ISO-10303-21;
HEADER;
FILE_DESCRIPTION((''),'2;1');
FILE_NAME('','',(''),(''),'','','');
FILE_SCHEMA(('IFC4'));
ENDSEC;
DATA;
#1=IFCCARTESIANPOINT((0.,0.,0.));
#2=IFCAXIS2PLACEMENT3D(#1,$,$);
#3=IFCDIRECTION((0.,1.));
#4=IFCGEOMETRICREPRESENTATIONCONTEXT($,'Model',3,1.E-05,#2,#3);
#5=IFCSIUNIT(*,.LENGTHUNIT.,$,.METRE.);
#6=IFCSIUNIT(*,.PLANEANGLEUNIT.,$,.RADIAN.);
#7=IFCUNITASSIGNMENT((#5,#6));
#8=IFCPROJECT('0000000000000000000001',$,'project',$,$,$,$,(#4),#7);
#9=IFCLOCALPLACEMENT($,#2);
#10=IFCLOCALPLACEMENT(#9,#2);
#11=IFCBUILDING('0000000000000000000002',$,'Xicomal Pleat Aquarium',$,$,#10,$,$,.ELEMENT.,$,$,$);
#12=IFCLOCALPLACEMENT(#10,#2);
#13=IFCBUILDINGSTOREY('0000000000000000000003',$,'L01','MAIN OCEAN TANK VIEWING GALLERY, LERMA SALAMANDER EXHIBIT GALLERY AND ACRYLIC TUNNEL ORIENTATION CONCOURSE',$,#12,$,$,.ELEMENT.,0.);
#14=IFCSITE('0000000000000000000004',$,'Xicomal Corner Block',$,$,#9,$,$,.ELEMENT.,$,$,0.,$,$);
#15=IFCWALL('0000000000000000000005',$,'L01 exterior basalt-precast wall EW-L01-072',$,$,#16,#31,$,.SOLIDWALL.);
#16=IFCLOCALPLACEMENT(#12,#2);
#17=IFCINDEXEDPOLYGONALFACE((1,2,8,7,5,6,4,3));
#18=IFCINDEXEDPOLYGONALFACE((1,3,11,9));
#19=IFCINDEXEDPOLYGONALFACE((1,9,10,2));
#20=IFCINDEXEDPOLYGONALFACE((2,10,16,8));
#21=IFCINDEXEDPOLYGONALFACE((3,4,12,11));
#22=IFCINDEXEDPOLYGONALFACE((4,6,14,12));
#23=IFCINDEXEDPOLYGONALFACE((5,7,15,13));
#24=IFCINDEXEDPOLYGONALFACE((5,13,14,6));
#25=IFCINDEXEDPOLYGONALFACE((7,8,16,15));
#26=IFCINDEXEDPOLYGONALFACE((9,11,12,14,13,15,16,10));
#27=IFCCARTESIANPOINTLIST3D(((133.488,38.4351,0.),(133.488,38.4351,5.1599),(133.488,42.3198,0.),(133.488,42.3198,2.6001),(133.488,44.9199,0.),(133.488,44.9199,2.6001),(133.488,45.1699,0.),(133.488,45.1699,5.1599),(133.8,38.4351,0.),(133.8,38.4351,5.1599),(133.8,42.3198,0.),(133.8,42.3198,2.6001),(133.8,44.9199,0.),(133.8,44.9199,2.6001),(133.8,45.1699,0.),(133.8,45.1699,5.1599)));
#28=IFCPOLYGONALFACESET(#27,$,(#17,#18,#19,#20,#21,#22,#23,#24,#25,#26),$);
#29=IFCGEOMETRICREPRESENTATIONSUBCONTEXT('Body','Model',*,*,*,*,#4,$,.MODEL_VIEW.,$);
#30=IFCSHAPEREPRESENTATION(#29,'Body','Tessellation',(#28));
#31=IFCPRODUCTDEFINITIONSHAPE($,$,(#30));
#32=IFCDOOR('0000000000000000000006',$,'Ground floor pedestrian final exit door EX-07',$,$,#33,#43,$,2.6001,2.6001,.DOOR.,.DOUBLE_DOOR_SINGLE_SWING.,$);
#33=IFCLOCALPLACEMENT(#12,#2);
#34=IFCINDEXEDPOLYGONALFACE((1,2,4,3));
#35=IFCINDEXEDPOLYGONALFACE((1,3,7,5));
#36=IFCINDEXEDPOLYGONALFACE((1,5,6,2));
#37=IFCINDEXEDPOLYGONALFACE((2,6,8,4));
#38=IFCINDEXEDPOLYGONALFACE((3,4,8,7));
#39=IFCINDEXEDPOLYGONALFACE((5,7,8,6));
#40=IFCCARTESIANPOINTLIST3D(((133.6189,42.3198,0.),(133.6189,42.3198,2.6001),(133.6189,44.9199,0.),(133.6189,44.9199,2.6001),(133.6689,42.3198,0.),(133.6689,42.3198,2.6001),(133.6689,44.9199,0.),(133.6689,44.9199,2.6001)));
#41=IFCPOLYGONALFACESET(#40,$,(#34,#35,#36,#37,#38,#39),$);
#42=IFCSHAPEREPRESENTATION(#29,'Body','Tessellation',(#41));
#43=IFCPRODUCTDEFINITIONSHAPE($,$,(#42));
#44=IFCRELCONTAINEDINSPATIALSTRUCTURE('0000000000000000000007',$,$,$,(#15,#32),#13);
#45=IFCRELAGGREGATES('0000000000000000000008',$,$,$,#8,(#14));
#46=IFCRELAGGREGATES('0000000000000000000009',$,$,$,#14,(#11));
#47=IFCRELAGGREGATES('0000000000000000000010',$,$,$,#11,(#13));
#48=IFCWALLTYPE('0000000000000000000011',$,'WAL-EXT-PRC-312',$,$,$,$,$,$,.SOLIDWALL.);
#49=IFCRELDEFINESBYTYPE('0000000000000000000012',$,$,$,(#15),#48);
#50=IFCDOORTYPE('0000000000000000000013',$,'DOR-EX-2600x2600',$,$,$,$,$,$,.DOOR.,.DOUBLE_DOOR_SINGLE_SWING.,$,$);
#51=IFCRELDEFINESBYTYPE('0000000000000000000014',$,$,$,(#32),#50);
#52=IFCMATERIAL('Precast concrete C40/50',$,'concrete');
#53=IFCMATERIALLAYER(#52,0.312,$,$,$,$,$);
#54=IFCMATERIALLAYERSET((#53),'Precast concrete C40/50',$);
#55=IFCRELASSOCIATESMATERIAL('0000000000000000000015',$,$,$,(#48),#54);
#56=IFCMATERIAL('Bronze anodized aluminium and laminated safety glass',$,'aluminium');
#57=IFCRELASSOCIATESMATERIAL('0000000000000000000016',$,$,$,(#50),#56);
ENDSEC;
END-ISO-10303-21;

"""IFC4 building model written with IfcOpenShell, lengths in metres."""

from ifc_helpers import new_model, si_unit, direction, frame, frame_2d, origin, place, context, subcontext, project, spatial, rectangle, extrude, material, layer, layer_set, type_object, element, fill, save


model = new_model("IFC4")

# Units and contexts
model_context = context("Model", 3, precision=1e-05, world=origin(), true_north=direction((0.0, 1.0)))
body_context = subcontext(model_context, "Body", "Model", "MODEL_VIEW")
ifc_project = project(units=[si_unit("LENGTHUNIT", "METRE"), si_unit("PLANEANGLEUNIT", "RADIAN")], contexts=[model_context])

# Site, building, storey
site_placement = place(None, origin())
site = spatial("IfcSite", under=ifc_project, at=site_placement, Name="Xicomal Corner Block", CompositionType="ELEMENT", RefElevation=0.0)
building_placement = place(site_placement, origin())
building = spatial("IfcBuilding", under=site, at=building_placement, Name="Xicomal Pleat Aquarium", CompositionType="ELEMENT")
storey_placement = place(building_placement, origin())
storey = spatial("IfcBuildingStorey", under=building, at=storey_placement, Name="L01", Description="MAIN OCEAN TANK VIEWING GALLERY, LERMA SALAMANDER EXHIBIT GALLERY AND ACRYLIC TUNNEL ORIENTATION CONCOURSE", CompositionType="ELEMENT", Elevation=0.0)

# Wall, opening, door
ifc_material_1 = material(Name="Precast concrete C40/50", Category="concrete")
ifc_layer_1 = layer(ifc_material_1, 0.312)
ifc_layer_set_1 = layer_set([ifc_layer_1], Name="Precast concrete C40/50")
wall_type = type_object("IfcWallType", Name="WAL-EXT-PRC-312", PredefinedType="SOLIDWALL", material=ifc_layer_set_1)
wall_placement = place(storey_placement, frame((133.644, 45.1699, 0.0), z_axis=(0.0, 0.0, 1.0), x_axis=(0.0, -1.0, 0.0)))
wall = element("IfcWall", 1, at=wall_placement, inside=storey, type_object=wall_type, Name="L01 exterior basalt-precast wall EW-L01-072", PredefinedType="SOLIDWALL", context=body_context, shape_type="SweptSolid", body=[
    extrude(rectangle(XDim=6.7349, YDim=0.312, at=frame_2d((3.3674, 0.0))), origin(), (0.0, 0.0, 1.0), 5.1599),
])
opening_placement = place(wall_placement, frame((0.25, 0.0, 0.0)))
opening = element("IfcOpeningElement", 2, at=opening_placement, cuts=wall, PredefinedType="OPENING", context=body_context, shape_type="SweptSolid", body=[
    extrude(rectangle(XDim=2.6001, YDim=2.6001, at=frame_2d((1.3, 1.3))), frame((0.0, 0.166, 0.0), z_axis=(0.0, -1.0, 0.0), x_axis=(1.0, 0.0, 0.0)), (0.0, 0.0, 1.0), 0.332),
])
ifc_material_2 = material(Name="Bronze anodized aluminium and laminated safety glass", Category="aluminium")
door_type = type_object("IfcDoorType", Name="DOR-EX-2600x2600", OperationType="DOUBLE_DOOR_SINGLE_SWING", PredefinedType="DOOR", material=ifc_material_2)
door_placement = place(opening_placement, origin())
door = element("IfcDoor", 3, at=door_placement, inside=storey, type_object=door_type, Name="Ground floor pedestrian final exit door EX-07", OperationType="DOUBLE_DOOR_SINGLE_SWING", OverallHeight=2.6001, OverallWidth=2.6001, PredefinedType="DOOR", context=body_context, shape_type="SweptSolid", body=[
    extrude(rectangle(XDim=2.6001, YDim=2.6001, at=frame_2d((1.3, 1.3))), frame((0.0, 0.0249, 0.0), z_axis=(0.0, -1.0, 0.0), x_axis=(1.0, 0.0, 0.0)), (0.0, 0.0, 1.0), 0.05),
])
fill(opening, door)

save(model, "model.ifc")
